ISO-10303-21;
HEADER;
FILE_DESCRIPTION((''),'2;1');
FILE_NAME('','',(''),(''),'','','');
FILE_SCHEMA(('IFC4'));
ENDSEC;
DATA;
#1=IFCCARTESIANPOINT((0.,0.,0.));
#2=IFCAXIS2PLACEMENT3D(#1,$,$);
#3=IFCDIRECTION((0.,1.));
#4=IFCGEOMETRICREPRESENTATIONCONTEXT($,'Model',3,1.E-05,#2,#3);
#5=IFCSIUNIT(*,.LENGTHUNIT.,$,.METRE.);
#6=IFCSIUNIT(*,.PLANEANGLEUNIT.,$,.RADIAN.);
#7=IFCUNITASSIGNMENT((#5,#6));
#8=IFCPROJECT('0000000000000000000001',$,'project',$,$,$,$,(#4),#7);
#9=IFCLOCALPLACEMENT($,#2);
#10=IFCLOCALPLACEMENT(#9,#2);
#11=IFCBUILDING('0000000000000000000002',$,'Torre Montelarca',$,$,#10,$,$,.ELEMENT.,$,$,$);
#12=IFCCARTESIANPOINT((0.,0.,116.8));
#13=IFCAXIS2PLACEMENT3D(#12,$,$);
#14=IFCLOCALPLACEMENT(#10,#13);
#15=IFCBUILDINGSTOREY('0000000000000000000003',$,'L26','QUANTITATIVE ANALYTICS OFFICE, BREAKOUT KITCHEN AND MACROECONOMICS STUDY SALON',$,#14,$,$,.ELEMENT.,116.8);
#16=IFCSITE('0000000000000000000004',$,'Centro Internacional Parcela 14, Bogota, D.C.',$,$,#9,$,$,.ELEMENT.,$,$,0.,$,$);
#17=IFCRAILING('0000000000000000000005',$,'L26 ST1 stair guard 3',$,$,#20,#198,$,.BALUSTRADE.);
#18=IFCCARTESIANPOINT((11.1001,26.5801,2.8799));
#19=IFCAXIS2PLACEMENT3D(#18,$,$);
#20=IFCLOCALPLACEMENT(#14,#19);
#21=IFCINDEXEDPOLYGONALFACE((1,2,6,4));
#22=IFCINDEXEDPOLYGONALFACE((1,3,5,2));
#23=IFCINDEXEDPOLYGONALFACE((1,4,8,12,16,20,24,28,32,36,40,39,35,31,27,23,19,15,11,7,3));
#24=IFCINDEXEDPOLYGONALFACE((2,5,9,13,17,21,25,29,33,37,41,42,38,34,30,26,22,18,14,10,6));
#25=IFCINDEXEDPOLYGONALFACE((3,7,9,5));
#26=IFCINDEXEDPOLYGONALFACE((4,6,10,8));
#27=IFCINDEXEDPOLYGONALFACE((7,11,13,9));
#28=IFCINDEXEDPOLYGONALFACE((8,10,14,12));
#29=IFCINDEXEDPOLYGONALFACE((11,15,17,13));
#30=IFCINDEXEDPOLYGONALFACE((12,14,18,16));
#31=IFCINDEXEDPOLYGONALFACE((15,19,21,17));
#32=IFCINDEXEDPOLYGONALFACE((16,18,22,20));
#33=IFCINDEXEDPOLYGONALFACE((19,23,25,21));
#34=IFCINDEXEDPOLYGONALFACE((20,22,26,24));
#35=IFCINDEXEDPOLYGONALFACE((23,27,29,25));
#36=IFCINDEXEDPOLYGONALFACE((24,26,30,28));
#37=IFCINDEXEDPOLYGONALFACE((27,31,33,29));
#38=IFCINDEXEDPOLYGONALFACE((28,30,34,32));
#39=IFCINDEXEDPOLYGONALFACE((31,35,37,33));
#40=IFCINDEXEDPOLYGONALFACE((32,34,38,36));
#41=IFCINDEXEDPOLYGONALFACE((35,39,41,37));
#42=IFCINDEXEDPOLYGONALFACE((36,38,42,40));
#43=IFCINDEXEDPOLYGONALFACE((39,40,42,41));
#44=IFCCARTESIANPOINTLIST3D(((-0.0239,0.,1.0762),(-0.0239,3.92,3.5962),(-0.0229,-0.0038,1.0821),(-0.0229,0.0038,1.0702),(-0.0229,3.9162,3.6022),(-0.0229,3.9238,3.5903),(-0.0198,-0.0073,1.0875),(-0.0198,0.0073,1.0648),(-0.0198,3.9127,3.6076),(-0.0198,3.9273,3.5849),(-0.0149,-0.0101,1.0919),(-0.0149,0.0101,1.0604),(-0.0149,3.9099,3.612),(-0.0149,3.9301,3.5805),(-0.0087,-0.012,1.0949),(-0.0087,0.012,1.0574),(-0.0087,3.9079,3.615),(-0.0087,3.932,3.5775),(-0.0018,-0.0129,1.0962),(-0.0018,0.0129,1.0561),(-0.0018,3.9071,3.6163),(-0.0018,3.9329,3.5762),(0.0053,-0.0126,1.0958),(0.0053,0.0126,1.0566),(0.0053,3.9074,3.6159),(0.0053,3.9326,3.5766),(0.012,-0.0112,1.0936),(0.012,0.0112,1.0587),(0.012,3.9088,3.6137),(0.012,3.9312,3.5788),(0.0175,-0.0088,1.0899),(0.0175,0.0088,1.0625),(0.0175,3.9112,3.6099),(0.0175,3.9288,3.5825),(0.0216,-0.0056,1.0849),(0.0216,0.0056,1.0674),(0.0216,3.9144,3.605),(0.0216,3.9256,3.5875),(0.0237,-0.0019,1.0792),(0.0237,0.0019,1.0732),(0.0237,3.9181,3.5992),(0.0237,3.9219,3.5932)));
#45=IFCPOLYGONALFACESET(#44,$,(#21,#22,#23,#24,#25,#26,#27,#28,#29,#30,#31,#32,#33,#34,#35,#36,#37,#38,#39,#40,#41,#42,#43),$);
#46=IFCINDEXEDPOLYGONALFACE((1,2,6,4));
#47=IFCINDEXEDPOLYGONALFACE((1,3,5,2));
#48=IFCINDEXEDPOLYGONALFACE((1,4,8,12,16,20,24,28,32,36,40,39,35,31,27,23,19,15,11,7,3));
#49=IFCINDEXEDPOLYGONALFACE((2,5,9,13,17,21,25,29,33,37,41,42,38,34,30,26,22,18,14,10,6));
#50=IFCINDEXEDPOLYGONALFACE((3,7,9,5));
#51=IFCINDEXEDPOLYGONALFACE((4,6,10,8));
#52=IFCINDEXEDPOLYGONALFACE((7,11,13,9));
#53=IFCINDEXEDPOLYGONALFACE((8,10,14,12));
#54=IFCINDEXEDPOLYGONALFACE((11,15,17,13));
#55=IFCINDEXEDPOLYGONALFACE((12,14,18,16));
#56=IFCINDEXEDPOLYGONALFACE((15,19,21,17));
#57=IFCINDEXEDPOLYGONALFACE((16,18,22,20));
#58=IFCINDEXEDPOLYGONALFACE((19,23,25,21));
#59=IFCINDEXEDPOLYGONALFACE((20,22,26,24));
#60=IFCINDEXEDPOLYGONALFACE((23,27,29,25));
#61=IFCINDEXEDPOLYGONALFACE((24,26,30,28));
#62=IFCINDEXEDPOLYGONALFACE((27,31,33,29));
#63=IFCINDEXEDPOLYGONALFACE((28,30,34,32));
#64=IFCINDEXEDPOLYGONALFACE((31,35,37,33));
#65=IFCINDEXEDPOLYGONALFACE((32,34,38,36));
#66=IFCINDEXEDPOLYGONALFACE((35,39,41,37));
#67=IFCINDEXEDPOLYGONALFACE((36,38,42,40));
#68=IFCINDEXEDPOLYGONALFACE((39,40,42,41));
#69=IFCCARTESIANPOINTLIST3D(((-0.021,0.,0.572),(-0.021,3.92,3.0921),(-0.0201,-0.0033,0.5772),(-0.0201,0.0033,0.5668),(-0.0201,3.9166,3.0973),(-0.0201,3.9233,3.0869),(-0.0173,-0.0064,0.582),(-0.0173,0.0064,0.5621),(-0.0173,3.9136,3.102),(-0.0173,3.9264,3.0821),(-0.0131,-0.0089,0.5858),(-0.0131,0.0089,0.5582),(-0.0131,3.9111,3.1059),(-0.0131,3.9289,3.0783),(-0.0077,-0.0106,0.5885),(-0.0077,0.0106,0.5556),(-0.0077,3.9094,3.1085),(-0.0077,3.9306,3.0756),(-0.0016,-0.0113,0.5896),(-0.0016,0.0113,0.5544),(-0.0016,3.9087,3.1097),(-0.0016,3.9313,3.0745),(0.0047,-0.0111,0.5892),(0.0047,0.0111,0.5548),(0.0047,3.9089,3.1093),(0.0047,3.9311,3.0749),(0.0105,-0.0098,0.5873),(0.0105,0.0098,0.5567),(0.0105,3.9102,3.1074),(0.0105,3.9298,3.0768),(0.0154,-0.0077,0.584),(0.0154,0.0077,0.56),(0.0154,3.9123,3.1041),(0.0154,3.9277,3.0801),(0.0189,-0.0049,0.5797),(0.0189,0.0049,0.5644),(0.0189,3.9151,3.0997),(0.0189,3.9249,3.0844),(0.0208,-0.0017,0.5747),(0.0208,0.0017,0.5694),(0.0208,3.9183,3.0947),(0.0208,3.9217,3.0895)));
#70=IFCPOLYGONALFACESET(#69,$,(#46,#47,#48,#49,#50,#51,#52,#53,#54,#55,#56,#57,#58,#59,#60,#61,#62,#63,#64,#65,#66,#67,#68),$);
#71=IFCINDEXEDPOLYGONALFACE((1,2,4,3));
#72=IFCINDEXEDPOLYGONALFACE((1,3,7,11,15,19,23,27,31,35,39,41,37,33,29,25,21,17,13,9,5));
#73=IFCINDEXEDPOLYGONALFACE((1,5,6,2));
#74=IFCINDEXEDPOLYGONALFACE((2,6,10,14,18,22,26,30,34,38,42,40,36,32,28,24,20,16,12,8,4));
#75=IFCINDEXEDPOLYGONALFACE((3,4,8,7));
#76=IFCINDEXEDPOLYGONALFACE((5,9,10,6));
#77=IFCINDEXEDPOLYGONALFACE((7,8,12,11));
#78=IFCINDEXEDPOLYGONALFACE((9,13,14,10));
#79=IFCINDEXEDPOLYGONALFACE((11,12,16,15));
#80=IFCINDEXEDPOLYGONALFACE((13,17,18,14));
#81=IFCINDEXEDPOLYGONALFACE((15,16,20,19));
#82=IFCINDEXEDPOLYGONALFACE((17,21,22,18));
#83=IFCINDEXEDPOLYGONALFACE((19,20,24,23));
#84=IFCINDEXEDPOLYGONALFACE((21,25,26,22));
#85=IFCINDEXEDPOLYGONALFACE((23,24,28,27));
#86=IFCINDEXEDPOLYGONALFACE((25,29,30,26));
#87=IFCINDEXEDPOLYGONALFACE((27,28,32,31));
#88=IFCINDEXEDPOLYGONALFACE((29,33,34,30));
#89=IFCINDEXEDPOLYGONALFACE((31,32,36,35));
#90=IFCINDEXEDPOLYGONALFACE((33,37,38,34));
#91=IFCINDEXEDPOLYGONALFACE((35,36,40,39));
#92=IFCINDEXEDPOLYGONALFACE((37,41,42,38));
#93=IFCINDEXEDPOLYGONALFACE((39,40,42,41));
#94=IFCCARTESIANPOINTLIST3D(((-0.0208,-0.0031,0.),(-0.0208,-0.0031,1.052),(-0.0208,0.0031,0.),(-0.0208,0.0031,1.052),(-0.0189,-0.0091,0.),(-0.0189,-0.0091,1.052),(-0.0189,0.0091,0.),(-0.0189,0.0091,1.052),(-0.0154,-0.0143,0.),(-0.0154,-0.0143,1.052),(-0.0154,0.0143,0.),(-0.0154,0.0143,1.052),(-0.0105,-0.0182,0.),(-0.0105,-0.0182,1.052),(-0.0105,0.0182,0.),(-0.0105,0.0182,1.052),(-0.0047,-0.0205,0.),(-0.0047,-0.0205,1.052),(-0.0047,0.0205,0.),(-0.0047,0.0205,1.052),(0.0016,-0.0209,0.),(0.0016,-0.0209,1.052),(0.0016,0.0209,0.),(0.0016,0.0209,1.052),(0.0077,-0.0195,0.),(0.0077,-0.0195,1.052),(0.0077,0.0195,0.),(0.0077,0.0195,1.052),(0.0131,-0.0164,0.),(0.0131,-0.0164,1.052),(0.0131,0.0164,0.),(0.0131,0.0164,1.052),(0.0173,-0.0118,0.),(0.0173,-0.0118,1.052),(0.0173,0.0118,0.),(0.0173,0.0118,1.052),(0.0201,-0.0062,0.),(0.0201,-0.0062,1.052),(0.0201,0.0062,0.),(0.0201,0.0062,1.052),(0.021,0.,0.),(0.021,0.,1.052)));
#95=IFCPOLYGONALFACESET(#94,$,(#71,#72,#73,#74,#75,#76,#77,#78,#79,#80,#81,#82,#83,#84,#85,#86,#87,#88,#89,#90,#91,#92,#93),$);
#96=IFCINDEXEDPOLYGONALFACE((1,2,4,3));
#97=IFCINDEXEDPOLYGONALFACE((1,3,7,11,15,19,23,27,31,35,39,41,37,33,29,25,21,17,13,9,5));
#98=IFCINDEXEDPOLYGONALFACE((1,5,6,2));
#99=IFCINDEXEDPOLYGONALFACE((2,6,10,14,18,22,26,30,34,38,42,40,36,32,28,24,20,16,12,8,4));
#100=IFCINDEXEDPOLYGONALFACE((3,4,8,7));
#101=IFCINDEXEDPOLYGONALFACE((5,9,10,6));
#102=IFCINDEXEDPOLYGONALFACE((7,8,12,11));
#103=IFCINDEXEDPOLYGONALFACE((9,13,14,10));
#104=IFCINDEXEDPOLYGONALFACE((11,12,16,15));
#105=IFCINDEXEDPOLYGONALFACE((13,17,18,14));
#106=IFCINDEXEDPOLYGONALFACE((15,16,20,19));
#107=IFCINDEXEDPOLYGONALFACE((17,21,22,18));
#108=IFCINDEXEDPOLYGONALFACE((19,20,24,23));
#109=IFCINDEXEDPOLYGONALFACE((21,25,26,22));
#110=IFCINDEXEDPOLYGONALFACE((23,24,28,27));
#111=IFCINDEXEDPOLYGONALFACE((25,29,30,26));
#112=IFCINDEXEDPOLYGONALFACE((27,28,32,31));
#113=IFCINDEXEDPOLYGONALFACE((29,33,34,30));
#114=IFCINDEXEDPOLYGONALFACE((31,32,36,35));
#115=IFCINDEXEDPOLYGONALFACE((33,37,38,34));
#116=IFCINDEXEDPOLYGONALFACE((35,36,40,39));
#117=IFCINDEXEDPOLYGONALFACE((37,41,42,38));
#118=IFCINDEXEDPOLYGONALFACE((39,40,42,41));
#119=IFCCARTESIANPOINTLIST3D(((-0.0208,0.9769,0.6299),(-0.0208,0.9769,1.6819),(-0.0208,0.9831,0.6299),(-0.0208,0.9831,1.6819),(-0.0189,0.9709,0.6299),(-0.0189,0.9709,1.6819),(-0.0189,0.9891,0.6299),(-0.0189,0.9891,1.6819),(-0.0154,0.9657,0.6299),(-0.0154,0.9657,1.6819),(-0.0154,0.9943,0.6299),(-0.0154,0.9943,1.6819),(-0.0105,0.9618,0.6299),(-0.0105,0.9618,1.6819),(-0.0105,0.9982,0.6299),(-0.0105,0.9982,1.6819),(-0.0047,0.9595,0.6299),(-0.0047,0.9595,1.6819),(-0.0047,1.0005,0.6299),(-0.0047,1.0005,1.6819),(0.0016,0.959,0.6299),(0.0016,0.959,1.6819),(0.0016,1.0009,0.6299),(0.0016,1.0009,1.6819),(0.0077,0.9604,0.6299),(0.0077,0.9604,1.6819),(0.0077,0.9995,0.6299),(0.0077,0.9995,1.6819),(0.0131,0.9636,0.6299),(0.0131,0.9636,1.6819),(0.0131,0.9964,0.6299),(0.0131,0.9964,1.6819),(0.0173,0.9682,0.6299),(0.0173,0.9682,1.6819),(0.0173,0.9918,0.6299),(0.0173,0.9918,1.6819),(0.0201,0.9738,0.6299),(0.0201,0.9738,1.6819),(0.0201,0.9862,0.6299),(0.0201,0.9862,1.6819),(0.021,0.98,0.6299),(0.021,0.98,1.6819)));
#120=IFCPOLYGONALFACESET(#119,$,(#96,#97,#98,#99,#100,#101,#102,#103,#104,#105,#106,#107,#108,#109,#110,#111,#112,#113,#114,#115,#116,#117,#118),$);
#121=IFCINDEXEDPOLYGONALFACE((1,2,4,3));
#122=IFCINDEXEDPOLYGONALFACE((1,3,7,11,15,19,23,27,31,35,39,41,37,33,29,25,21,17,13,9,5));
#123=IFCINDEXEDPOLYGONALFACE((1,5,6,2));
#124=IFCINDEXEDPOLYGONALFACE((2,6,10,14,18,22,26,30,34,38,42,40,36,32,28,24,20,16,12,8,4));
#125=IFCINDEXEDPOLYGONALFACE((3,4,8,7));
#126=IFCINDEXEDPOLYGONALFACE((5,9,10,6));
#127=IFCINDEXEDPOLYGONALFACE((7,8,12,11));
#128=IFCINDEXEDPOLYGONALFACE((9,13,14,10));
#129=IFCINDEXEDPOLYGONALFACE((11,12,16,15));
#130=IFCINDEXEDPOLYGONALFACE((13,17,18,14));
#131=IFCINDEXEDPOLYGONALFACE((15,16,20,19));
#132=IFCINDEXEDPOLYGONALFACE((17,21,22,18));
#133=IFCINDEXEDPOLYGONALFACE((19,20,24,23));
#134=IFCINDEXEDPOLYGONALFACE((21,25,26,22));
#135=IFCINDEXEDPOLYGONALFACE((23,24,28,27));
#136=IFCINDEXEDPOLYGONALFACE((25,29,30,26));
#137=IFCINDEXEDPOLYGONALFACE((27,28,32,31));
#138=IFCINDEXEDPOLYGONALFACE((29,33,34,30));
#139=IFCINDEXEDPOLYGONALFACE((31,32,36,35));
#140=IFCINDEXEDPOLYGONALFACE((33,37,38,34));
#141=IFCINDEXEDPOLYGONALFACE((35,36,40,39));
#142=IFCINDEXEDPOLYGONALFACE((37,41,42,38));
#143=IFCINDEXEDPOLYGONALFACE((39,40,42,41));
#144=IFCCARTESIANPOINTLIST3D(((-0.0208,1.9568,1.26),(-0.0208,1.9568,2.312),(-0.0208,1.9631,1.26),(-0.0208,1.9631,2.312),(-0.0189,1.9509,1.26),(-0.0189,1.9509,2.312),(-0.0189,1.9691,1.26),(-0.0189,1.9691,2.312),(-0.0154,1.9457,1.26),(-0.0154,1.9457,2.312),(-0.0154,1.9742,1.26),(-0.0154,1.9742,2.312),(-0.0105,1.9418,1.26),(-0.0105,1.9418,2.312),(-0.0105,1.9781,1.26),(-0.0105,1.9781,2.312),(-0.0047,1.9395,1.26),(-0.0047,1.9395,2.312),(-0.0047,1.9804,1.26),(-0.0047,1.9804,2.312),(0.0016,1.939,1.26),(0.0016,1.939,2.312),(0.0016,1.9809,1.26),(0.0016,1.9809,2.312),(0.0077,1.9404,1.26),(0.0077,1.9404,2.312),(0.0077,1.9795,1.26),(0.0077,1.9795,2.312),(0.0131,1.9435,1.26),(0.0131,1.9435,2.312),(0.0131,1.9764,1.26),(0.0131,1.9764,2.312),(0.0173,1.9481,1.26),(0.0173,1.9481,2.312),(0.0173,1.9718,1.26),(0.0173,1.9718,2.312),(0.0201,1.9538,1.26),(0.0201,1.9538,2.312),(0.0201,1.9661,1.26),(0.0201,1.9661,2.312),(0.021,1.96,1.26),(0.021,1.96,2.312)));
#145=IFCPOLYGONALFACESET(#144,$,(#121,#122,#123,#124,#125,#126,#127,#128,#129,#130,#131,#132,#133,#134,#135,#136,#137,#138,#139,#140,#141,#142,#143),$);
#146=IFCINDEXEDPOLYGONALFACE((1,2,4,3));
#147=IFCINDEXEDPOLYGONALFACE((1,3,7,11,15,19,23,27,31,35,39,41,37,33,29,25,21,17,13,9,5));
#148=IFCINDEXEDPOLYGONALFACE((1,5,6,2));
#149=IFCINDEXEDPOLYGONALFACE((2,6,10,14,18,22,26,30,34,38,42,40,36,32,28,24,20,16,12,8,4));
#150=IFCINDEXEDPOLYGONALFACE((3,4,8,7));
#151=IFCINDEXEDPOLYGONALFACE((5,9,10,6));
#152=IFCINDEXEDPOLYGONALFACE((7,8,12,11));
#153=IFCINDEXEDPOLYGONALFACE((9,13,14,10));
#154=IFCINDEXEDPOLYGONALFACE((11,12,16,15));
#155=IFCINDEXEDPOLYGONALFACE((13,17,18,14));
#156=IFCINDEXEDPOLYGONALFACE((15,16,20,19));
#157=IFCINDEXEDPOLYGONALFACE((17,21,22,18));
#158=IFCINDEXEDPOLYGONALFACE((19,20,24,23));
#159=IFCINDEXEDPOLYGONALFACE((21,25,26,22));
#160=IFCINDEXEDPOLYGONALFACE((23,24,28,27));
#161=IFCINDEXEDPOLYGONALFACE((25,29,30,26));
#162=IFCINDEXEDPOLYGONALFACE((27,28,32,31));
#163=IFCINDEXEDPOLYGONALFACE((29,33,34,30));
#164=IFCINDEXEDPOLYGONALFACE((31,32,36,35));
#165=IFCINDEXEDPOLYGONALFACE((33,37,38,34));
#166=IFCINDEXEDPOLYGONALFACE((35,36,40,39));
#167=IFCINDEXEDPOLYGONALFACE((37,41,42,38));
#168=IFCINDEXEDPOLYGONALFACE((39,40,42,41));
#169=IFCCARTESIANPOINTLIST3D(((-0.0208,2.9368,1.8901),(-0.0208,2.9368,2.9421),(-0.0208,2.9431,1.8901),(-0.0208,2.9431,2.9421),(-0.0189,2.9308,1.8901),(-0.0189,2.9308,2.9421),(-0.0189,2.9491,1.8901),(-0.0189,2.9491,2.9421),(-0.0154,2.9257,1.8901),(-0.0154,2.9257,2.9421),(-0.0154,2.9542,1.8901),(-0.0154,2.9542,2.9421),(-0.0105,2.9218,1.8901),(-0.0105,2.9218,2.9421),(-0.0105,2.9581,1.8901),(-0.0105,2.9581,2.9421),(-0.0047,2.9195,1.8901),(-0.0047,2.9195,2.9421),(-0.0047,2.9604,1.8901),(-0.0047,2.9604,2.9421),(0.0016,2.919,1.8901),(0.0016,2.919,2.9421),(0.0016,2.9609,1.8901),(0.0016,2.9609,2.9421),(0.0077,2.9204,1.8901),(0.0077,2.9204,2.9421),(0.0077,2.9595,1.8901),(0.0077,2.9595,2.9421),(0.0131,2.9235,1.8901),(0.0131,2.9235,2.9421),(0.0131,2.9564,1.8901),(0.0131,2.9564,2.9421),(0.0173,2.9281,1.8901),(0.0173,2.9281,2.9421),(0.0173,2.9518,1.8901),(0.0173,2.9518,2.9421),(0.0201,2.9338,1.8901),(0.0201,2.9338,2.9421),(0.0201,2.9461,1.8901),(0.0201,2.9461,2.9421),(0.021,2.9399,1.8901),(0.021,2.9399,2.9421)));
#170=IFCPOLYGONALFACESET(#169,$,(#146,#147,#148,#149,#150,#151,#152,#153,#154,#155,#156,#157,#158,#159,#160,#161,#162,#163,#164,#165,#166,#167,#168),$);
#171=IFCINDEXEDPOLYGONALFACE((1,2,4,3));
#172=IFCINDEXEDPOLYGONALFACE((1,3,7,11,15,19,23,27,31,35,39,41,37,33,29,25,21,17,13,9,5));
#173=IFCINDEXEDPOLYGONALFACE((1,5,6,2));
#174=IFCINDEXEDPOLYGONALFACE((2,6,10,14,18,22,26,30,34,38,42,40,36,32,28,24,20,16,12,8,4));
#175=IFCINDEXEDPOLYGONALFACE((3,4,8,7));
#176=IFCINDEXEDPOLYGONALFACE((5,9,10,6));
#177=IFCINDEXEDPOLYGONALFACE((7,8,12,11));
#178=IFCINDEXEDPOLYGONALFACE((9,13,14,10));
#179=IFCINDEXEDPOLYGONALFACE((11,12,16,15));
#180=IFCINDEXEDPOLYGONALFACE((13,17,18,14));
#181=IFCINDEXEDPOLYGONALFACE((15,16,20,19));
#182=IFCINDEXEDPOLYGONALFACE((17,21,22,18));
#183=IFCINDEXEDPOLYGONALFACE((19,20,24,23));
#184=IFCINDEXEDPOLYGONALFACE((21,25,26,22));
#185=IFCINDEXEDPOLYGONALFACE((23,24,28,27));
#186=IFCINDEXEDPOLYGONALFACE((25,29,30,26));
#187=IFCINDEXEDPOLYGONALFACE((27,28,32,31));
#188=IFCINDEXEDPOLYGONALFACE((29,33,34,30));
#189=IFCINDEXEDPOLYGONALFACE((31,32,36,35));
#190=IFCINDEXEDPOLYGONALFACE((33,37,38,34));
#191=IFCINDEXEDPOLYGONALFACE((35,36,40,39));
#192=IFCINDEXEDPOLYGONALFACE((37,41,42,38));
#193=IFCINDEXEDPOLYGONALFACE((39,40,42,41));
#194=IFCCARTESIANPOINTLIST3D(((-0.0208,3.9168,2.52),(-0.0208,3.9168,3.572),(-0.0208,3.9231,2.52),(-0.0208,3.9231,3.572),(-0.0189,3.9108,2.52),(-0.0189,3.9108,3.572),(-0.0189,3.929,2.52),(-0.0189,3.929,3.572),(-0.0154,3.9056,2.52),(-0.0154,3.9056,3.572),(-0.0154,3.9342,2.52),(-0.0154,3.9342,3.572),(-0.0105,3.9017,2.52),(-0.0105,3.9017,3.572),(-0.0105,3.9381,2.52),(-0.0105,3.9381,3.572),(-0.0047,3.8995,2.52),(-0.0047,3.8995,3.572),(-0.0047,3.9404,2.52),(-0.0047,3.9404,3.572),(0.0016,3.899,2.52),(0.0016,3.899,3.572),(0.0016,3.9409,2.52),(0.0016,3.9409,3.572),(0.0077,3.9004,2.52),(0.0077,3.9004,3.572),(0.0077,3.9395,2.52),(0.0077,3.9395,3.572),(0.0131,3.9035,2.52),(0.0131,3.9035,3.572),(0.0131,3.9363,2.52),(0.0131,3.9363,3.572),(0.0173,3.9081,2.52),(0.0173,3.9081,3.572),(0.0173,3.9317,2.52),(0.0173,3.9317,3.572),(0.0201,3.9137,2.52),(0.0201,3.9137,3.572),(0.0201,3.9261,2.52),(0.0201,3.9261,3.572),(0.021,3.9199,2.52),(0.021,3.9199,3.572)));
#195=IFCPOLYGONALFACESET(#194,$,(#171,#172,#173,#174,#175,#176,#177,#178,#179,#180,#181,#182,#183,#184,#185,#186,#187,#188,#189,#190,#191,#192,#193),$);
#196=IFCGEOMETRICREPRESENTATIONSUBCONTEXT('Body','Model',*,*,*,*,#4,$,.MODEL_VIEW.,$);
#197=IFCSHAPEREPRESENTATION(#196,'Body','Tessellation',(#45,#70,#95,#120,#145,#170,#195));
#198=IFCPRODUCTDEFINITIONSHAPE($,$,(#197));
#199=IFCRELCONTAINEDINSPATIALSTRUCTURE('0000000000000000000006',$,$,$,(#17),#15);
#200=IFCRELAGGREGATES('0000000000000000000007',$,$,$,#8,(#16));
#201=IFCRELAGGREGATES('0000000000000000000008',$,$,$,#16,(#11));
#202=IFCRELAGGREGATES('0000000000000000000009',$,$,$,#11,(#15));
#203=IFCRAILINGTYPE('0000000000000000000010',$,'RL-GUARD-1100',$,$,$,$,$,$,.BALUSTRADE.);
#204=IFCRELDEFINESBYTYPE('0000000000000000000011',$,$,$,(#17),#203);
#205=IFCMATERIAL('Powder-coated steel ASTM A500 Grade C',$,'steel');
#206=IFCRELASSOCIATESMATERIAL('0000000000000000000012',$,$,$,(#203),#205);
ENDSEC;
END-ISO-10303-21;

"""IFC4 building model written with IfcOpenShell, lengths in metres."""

from ifc_helpers import new_model, si_unit, direction, frame, origin, origin_2d, place, context, subcontext, project, spatial, circle, extrude, material, type_object, element, save


model = new_model("IFC4")

# Units and contexts
model_context = context("Model", 3, precision=1e-05, world=origin(), true_north=direction((0.0, 1.0)))
body_context = subcontext(model_context, "Body", "Model", "MODEL_VIEW")
ifc_project = project(units=[si_unit("LENGTHUNIT", "METRE"), si_unit("PLANEANGLEUNIT", "RADIAN")], contexts=[model_context])

# Site, building, storey
site_placement = place(None, origin())
site = spatial("IfcSite", under=ifc_project, at=site_placement, Name="Centro Internacional Parcela 14, Bogota, D.C.", CompositionType="ELEMENT", RefElevation=0.0)
building_placement = place(site_placement, origin())
building = spatial("IfcBuilding", under=site, at=building_placement, Name="Torre Montelarca", CompositionType="ELEMENT")
storey_placement = place(building_placement, frame((0.0, 0.0, 116.8)))
storey = spatial("IfcBuildingStorey", under=building, at=storey_placement, Name="L26", Description="QUANTITATIVE ANALYTICS OFFICE, BREAKOUT KITCHEN AND MACROECONOMICS STUDY SALON", CompositionType="ELEMENT", Elevation=116.8)

# Railing
ifc_material_1 = material(Name="Powder-coated steel ASTM A500 Grade C", Category="steel")
railing_type_1 = type_object("IfcRailingType", Name="RL-GUARD-1100", PredefinedType="BALUSTRADE", material=ifc_material_1)
railing_1_placement = place(storey_placement, frame((11.1001, 26.5801, 2.8799)))
element("IfcRailing", 1, at=railing_1_placement, inside=storey, type_object=railing_type_1, Name="L26 ST1 stair guard 3", PredefinedType="BALUSTRADE", context=body_context, shape_type="SweptSolid", body=[
    extrude(circle(Radius=0.0239, at=origin_2d()), frame((0.0, 0.0, 1.0762), z_axis=(0.0, 0.841172, 0.540768), x_axis=(-1.0, 0.0, 0.0)), (0.0, 0.0, 1.0), 4.6602),
    extrude(circle(Radius=0.021, at=origin_2d()), frame((0.0, 0.0, 0.572), z_axis=(0.0, 0.841172, 0.540768), x_axis=(-1.0, 0.0, 0.0)), (0.0, 0.0, 1.0), 4.6602),
    extrude(circle(Radius=0.021, at=origin_2d()), origin(), (0.0, 0.0, 1.0), 1.052),
    extrude(circle(Radius=0.021, at=origin_2d()), frame((0.0, 0.98, 0.6299)), (0.0, 0.0, 1.0), 1.052),
    extrude(circle(Radius=0.021, at=origin_2d()), frame((0.0, 1.96, 1.26)), (0.0, 0.0, 1.0), 1.052),
    extrude(circle(Radius=0.021, at=origin_2d()), frame((0.0, 2.9399, 1.8901)), (0.0, 0.0, 1.0), 1.052),
    extrude(circle(Radius=0.021, at=origin_2d()), frame((0.0, 3.9199, 2.52)), (0.0, 0.0, 1.0), 1.052),
])

save(model, "model.ifc")
